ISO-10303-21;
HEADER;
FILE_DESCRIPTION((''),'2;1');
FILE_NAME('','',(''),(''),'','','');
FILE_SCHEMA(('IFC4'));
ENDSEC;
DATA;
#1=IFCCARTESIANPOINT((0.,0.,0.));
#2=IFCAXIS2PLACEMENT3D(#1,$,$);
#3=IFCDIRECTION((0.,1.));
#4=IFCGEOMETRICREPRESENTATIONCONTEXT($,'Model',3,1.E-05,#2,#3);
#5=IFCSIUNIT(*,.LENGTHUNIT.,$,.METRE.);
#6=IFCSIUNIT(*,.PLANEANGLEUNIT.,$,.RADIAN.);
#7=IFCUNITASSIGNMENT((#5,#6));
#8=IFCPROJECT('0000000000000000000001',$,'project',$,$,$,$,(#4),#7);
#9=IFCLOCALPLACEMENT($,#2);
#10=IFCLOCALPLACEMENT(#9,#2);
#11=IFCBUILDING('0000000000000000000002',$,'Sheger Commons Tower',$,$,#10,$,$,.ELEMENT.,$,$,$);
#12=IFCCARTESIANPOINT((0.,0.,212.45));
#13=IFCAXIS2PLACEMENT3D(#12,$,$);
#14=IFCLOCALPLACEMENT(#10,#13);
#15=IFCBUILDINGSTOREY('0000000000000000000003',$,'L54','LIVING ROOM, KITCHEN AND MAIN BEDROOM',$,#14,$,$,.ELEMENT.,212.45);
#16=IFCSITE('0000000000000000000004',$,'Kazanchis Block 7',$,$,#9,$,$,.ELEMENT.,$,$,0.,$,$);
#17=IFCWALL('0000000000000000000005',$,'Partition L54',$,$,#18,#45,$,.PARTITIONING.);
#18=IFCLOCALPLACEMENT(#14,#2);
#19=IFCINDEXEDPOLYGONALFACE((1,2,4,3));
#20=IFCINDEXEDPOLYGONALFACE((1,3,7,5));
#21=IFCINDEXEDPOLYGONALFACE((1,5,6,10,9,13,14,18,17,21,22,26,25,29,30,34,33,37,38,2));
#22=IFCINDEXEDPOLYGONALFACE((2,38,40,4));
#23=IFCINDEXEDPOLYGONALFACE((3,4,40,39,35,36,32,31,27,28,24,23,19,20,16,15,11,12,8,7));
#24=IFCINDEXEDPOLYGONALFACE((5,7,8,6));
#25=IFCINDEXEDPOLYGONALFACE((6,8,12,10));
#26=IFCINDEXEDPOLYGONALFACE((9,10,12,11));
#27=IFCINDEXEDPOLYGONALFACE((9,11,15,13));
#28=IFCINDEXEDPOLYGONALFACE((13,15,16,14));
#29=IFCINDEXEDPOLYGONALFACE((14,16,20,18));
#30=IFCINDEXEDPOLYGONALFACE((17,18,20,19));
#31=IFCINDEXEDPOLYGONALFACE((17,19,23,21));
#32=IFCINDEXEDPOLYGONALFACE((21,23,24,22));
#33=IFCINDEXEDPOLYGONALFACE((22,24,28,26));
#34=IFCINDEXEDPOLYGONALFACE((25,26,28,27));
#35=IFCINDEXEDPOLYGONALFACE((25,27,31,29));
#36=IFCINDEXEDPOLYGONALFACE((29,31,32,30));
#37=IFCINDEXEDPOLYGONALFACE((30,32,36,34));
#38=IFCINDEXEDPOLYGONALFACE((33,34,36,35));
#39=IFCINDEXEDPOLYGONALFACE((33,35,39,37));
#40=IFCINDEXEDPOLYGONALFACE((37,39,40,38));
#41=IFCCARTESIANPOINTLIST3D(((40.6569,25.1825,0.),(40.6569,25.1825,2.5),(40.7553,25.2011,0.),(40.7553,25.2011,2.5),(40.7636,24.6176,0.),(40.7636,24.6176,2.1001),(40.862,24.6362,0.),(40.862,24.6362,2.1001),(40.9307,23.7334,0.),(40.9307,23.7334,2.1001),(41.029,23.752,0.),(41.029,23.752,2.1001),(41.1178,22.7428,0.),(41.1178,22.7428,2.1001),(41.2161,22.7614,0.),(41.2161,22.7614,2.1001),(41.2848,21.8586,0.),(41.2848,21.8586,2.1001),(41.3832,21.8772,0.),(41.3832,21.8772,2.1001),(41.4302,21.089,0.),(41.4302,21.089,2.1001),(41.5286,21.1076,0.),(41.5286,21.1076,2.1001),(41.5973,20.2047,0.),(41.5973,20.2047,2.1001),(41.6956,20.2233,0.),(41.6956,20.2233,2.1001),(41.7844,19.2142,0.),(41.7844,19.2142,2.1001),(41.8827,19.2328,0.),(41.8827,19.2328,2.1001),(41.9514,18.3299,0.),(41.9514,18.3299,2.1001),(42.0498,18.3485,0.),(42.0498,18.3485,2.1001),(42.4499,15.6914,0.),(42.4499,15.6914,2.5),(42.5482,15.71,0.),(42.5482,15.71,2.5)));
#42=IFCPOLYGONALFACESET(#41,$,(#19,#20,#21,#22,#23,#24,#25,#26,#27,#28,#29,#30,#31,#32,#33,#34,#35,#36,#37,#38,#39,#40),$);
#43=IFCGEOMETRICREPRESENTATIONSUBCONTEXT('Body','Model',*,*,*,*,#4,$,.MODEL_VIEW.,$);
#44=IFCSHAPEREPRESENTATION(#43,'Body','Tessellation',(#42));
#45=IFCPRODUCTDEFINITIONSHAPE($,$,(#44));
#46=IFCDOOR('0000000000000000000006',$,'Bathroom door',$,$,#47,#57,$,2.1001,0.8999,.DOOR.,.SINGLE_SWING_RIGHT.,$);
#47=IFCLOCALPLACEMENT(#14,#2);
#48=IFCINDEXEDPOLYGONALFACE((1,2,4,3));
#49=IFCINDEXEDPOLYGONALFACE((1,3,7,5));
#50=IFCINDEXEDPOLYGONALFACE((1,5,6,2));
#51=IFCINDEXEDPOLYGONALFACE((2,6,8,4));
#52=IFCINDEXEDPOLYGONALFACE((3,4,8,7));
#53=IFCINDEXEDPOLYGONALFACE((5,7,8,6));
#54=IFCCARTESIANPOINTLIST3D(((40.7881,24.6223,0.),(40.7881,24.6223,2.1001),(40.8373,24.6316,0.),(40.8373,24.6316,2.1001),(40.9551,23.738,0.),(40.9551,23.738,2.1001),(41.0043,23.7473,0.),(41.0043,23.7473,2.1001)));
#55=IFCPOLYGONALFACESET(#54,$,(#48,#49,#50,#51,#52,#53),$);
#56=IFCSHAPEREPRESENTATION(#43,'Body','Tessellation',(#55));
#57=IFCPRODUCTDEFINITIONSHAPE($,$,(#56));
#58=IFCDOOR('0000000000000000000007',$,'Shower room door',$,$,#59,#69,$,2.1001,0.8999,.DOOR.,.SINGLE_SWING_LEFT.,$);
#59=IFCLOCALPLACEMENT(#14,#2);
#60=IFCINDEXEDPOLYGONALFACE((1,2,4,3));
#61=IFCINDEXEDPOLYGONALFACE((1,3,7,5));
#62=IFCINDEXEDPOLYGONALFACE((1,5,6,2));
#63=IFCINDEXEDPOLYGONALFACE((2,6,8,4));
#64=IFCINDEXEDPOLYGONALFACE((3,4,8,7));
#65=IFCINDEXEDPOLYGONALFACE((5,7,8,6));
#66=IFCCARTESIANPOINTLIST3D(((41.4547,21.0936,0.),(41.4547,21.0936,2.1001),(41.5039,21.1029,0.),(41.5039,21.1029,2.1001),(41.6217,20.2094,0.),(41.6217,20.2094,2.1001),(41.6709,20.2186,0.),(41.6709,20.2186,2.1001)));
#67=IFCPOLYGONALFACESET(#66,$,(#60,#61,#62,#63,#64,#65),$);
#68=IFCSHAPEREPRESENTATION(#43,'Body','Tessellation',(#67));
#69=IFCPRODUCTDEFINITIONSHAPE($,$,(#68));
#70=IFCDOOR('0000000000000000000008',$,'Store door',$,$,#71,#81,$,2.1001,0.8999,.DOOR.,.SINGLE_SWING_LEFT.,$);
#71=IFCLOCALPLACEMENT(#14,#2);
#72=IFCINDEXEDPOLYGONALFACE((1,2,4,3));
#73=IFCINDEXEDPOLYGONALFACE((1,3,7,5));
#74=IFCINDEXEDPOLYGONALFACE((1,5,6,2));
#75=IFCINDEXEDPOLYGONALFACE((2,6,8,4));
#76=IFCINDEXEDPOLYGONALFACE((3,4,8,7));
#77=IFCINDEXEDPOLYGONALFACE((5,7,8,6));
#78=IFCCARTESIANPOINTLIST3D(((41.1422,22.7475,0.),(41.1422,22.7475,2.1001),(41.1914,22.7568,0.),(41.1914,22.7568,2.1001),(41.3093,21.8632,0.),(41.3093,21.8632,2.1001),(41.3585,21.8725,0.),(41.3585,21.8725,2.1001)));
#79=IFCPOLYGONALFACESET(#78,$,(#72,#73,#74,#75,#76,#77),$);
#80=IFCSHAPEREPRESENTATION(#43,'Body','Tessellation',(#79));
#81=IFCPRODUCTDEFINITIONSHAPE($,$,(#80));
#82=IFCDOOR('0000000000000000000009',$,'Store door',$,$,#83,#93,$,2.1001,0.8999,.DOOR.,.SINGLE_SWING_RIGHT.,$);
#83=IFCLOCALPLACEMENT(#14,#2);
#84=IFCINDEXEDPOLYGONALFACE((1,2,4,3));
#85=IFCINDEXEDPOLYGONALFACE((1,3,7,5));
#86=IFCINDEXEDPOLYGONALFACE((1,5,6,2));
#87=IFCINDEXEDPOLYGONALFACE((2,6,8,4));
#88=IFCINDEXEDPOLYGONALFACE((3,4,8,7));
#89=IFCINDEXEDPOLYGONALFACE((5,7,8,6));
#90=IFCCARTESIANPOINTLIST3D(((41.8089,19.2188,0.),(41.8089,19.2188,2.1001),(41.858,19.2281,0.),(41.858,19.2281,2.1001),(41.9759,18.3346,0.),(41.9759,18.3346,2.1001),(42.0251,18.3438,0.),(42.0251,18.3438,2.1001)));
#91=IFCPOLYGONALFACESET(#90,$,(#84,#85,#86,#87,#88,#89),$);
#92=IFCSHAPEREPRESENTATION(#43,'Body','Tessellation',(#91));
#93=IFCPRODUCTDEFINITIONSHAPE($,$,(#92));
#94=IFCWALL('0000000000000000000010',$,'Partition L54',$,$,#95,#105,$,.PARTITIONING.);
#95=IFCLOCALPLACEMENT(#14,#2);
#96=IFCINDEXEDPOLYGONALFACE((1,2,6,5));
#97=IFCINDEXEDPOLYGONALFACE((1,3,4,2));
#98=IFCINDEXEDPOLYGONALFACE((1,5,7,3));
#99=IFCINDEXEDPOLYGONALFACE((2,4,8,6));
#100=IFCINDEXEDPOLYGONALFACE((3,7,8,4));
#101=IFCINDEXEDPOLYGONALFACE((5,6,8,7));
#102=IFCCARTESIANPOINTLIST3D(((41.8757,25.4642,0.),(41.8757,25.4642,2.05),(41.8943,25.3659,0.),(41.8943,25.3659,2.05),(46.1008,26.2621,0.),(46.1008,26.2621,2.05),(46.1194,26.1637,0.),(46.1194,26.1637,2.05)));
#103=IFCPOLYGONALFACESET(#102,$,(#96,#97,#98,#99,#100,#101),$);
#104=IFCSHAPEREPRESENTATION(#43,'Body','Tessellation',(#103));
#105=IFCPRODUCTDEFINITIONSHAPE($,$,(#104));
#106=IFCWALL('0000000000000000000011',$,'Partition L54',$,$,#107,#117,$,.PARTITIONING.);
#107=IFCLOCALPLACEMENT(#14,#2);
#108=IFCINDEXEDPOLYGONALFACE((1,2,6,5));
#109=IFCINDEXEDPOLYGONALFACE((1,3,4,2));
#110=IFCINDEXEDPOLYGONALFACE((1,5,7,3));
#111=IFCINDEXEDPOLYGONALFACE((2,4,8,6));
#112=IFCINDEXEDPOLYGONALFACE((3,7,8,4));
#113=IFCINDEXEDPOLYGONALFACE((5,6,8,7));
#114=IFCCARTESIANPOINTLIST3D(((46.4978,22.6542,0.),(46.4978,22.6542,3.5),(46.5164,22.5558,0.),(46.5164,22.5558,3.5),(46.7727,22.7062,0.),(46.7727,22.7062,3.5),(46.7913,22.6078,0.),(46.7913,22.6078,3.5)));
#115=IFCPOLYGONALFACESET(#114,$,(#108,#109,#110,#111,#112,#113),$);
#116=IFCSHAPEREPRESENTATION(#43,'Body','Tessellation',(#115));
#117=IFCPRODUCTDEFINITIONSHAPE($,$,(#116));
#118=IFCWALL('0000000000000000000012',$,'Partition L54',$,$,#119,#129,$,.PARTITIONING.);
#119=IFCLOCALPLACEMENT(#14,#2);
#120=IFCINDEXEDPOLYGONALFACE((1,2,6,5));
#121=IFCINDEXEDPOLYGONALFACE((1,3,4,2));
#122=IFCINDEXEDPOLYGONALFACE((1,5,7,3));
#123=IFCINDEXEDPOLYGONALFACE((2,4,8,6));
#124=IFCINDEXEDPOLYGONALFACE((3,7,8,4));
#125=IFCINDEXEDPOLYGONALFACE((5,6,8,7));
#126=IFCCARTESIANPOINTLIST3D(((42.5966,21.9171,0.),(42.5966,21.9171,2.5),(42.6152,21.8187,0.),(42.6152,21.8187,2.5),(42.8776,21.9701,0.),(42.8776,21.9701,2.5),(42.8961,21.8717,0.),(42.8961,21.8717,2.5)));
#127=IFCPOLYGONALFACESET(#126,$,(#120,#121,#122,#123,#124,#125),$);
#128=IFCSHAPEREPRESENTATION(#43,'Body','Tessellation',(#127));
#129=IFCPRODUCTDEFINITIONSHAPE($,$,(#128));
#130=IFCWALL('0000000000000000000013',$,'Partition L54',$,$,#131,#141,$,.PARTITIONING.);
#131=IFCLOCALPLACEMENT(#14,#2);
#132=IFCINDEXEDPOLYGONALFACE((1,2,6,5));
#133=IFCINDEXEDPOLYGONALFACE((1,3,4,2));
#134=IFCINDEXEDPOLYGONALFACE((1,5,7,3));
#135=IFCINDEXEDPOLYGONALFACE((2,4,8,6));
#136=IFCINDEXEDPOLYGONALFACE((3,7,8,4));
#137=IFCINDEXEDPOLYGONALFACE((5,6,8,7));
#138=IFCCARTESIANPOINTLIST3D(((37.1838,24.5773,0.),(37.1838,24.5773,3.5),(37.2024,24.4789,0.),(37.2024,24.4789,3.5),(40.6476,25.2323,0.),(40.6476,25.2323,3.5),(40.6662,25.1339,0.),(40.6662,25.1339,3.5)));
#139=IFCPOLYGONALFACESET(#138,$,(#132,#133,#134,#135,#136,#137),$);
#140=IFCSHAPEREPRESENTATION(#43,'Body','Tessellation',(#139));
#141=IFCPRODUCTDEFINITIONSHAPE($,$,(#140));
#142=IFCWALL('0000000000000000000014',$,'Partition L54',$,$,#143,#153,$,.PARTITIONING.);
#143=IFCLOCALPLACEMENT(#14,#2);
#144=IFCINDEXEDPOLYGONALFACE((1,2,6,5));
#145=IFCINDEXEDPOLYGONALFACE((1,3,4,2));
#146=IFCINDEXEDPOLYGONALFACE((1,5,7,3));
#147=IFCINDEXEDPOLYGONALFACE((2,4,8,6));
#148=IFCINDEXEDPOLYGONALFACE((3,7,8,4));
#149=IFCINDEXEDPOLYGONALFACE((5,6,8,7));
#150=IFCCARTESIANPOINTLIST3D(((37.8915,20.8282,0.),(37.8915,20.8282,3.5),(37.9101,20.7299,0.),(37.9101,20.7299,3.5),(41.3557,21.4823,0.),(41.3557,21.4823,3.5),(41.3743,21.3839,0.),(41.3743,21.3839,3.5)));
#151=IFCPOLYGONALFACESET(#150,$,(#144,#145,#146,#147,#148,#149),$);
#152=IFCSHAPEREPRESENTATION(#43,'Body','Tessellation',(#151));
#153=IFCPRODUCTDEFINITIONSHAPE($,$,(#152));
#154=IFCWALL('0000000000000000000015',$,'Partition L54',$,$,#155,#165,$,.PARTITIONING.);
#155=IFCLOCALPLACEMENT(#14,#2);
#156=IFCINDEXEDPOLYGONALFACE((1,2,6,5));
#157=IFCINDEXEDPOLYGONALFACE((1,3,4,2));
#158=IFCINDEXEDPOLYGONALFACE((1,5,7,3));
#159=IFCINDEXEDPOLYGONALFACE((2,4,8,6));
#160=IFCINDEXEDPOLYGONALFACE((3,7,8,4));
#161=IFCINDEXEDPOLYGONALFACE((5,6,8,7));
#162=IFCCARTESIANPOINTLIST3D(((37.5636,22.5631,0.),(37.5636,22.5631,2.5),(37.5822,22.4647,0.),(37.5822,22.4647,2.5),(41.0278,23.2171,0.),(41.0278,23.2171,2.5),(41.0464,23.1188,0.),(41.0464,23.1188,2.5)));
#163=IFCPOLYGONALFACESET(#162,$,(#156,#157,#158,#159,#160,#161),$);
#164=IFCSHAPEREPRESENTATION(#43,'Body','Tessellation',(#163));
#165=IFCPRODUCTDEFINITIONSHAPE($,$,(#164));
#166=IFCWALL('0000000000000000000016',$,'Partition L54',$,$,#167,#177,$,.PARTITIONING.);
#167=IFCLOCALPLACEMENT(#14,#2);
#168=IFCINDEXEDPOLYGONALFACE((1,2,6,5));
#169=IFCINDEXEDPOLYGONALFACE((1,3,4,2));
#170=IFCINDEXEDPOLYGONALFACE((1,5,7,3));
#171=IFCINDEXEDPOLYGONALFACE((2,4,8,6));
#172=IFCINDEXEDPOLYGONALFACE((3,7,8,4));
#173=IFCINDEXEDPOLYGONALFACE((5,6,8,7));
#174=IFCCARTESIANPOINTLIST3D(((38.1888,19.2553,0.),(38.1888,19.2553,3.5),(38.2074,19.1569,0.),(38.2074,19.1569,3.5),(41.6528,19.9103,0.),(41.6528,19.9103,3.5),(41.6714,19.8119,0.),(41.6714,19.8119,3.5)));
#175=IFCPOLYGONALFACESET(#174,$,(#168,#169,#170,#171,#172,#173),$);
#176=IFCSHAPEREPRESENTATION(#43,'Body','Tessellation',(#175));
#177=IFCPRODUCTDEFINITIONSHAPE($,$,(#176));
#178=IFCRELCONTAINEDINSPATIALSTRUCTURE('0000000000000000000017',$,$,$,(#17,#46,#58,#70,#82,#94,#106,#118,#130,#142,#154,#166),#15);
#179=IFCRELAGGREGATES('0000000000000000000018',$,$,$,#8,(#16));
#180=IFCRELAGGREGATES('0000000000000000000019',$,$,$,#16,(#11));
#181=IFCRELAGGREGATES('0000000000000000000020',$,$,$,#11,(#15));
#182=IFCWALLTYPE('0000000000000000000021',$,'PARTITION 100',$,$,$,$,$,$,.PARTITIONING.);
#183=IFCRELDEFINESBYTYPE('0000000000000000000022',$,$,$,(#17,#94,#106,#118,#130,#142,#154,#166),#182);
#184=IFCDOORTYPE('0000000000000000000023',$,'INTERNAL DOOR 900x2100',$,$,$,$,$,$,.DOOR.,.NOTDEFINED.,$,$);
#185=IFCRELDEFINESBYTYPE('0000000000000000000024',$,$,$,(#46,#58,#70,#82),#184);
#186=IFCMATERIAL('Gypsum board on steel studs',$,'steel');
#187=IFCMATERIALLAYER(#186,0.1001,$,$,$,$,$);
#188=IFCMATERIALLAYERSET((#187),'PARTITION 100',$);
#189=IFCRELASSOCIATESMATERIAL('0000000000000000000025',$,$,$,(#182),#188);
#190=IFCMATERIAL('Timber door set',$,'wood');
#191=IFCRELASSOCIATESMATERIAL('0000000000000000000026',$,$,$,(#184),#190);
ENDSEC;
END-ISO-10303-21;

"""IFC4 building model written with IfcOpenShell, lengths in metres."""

from ifc_helpers import new_model, si_unit, direction, frame, frame_2d, origin, place, context, subcontext, project, spatial, rectangle, extrude, material, layer, layer_set, type_object, element, fill, save


model = new_model("IFC4")

# Units and contexts
model_context = context("Model", 3, precision=1e-05, world=origin(), true_north=direction((0.0, 1.0)))
body_context = subcontext(model_context, "Body", "Model", "MODEL_VIEW")
ifc_project = project(units=[si_unit("LENGTHUNIT", "METRE"), si_unit("PLANEANGLEUNIT", "RADIAN")], contexts=[model_context])

# Site, building, storey
site_placement = place(None, origin())
site = spatial("IfcSite", under=ifc_project, at=site_placement, Name="Kazanchis Block 7", CompositionType="ELEMENT", RefElevation=0.0)
building_placement = place(site_placement, origin())
building = spatial("IfcBuilding", under=site, at=building_placement, Name="Sheger Commons Tower", CompositionType="ELEMENT")
storey_placement = place(building_placement, frame((0.0, 0.0, 212.45)))
storey = spatial("IfcBuildingStorey", under=building, at=storey_placement, Name="L54", Description="LIVING ROOM, KITCHEN AND MAIN BEDROOM", CompositionType="ELEMENT", Elevation=212.45)

# Wall, openings, doors
ifc_material_1 = material(Name="Gypsum board on steel studs", Category="steel")
ifc_layer_1 = layer(ifc_material_1, 0.1001)
ifc_layer_set_1 = layer_set([ifc_layer_1], Name="PARTITION 100")
wall_type = type_object("IfcWallType", Name="PARTITION 100", PredefinedType="PARTITIONING", material=ifc_layer_set_1)
ifc_material_2 = material(Name="Timber door set", Category="wood")
door_type = type_object("IfcDoorType", Name="INTERNAL DOOR 900x2100", OperationType="NOTDEFINED", PredefinedType="DOOR", material=ifc_material_2)
wall_1_placement = place(storey_placement, frame((40.7061, 25.1919, 0.0), z_axis=(0.0, 0.0, 1.0), x_axis=(0.18563, -0.98262, 0.0)))
wall_1 = element("IfcWall", 1, at=wall_1_placement, inside=storey, type_object=wall_type, Name="Partition L54", PredefinedType="PARTITIONING", context=body_context, shape_type="SweptSolid", body=[
    extrude(rectangle(XDim=9.6589, YDim=0.1001, at=frame_2d((4.8296, 0.0))), origin(), (0.0, 0.0, 1.0), 2.5),
])
opening_1_placement = place(wall_1_placement, frame((0.575, 0.0, 0.0)))
opening_1 = element("IfcOpeningElement", 2, at=opening_1_placement, cuts=wall_1, PredefinedType="OPENING", context=body_context, shape_type="SweptSolid", body=[
    extrude(rectangle(XDim=0.8999, YDim=2.1001, at=frame_2d((0.45, 1.05))), frame((0.0, 0.0601, 0.0), z_axis=(0.0, -1.0, 0.0), x_axis=(1.0, 0.0, 0.0)), (0.0, 0.0, 1.0), 0.1201),
])
opening_2_placement = place(wall_1_placement, frame((4.166, 0.0, 0.0)))
opening_2 = element("IfcOpeningElement", 3, at=opening_2_placement, cuts=wall_1, PredefinedType="OPENING", context=body_context, shape_type="SweptSolid", body=[
    extrude(rectangle(XDim=0.8999, YDim=2.1001, at=frame_2d((0.45, 1.05))), frame((0.0, 0.0601, 0.0), z_axis=(0.0, -1.0, 0.0), x_axis=(1.0, 0.0, 0.0)), (0.0, 0.0, 1.0), 0.1201),
])
opening_3_placement = place(wall_1_placement, frame((2.4829, 0.0, 0.0)))
opening_3 = element("IfcOpeningElement", 4, at=opening_3_placement, cuts=wall_1, PredefinedType="OPENING", context=body_context, shape_type="SweptSolid", body=[
    extrude(rectangle(XDim=0.8999, YDim=2.1001, at=frame_2d((0.45, 1.05))), frame((0.0, 0.0601, 0.0), z_axis=(0.0, -1.0, 0.0), x_axis=(1.0, 0.0, 0.0)), (0.0, 0.0, 1.0), 0.1201),
])
opening_4_placement = place(wall_1_placement, frame((6.074, 0.0, 0.0)))
opening_4 = element("IfcOpeningElement", 5, at=opening_4_placement, cuts=wall_1, PredefinedType="OPENING", context=body_context, shape_type="SweptSolid", body=[
    extrude(rectangle(XDim=0.8999, YDim=2.1001, at=frame_2d((0.45, 1.05))), frame((0.0, 0.0601, 0.0), z_axis=(0.0, -1.0, 0.0), x_axis=(1.0, 0.0, 0.0)), (0.0, 0.0, 1.0), 0.1201),
])
door_1_placement = place(opening_1_placement, origin())
door_1 = element("IfcDoor", 6, at=door_1_placement, inside=storey, type_object=door_type, Name="Bathroom door", OperationType="SINGLE_SWING_RIGHT", OverallHeight=2.1001, OverallWidth=0.8999, PredefinedType="DOOR", context=body_context, shape_type="SweptSolid", body=[
    extrude(rectangle(XDim=0.8999, YDim=2.1001, at=frame_2d((0.45, 1.05))), frame((0.0, 0.0249, 0.0), z_axis=(0.0, -1.0, 0.0), x_axis=(1.0, 0.0, 0.0)), (0.0, 0.0, 1.0), 0.05),
])
fill(opening_1, door_1)
door_2_placement = place(opening_2_placement, origin())
door_2 = element("IfcDoor", 7, at=door_2_placement, inside=storey, type_object=door_type, Name="Shower room door", OperationType="SINGLE_SWING_LEFT", OverallHeight=2.1001, OverallWidth=0.8999, PredefinedType="DOOR", context=body_context, shape_type="SweptSolid", body=[
    extrude(rectangle(XDim=0.8999, YDim=2.1001, at=frame_2d((0.45, 1.05))), frame((0.0, 0.0249, 0.0), z_axis=(0.0, -1.0, 0.0), x_axis=(1.0, 0.0, 0.0)), (0.0, 0.0, 1.0), 0.05),
])
fill(opening_2, door_2)
door_3_placement = place(opening_3_placement, origin())
door_3 = element("IfcDoor", 8, at=door_3_placement, inside=storey, type_object=door_type, Name="Store door", OperationType="SINGLE_SWING_LEFT", OverallHeight=2.1001, OverallWidth=0.8999, PredefinedType="DOOR", context=body_context, shape_type="SweptSolid", body=[
    extrude(rectangle(XDim=0.8999, YDim=2.1001, at=frame_2d((0.45, 1.05))), frame((0.0, 0.0249, 0.0), z_axis=(0.0, -1.0, 0.0), x_axis=(1.0, 0.0, 0.0)), (0.0, 0.0, 1.0), 0.05),
])
fill(opening_3, door_3)
door_4_placement = place(opening_4_placement, origin())
door_4 = element("IfcDoor", 9, at=door_4_placement, inside=storey, type_object=door_type, Name="Store door", OperationType="SINGLE_SWING_RIGHT", OverallHeight=2.1001, OverallWidth=0.8999, PredefinedType="DOOR", context=body_context, shape_type="SweptSolid", body=[
    extrude(rectangle(XDim=0.8999, YDim=2.1001, at=frame_2d((0.45, 1.05))), frame((0.0, 0.0249, 0.0), z_axis=(0.0, -1.0, 0.0), x_axis=(1.0, 0.0, 0.0)), (0.0, 0.0, 1.0), 0.05),
])
fill(opening_4, door_4)

# Walls
wall_2_placement = place(storey_placement, frame((46.1101, 26.2129, 0.0), z_axis=(0.0, 0.0, 1.0), x_axis=(-0.982634, -0.185557, 0.0)))
element("IfcWall", 10, at=wall_2_placement, inside=storey, type_object=wall_type, Name="Partition L54", PredefinedType="PARTITIONING", context=body_context, shape_type="SweptSolid", body=[
    extrude(rectangle(XDim=4.2998, YDim=0.1001, at=frame_2d((2.1499, 0.0))), origin(), (0.0, 0.0, 1.0), 2.05),
])
wall_3_placement = place(storey_placement, frame((46.782, 22.657, 0.0), z_axis=(0.0, 0.0, 1.0), x_axis=(-0.982575, -0.185869, 0.0)))
element("IfcWall", 11, at=wall_3_placement, inside=storey, type_object=wall_type, Name="Partition L54", PredefinedType="PARTITIONING", context=body_context, shape_type="SweptSolid", body=[
    extrude(rectangle(XDim=0.2798, YDim=0.1001, at=frame_2d((0.1399, 0.0))), origin(), (0.0, 0.0, 1.0), 3.5),
])
wall_4_placement = place(storey_placement, frame((42.887, 21.9209, 0.0), z_axis=(0.0, 0.0, 1.0), x_axis=(-0.982688, -0.185268, 0.0)))
element("IfcWall", 12, at=wall_4_placement, inside=storey, type_object=wall_type, Name="Partition L54", PredefinedType="PARTITIONING", context=body_context, shape_type="SweptSolid", body=[
    extrude(rectangle(XDim=0.2859, YDim=0.1001, at=frame_2d((0.1431, 0.0))), origin(), (0.0, 0.0, 1.0), 2.5),
])
wall_5_placement = place(storey_placement, frame((40.657, 25.1831, 0.0), z_axis=(0.0, 0.0, 1.0), x_axis=(-0.982586, -0.18581, 0.0)))
element("IfcWall", 13, at=wall_5_placement, inside=storey, type_object=wall_type, Name="Partition L54", PredefinedType="PARTITIONING", context=body_context, shape_type="SweptSolid", body=[
    extrude(rectangle(XDim=3.5251, YDim=0.1001, at=frame_2d((1.7627, 0.0))), origin(), (0.0, 0.0, 1.0), 3.5),
])
wall_6_placement = place(storey_placement, frame((41.365, 21.4331, 0.0), z_axis=(0.0, 0.0, 1.0), x_axis=(-0.982639, -0.18553, 0.0)))
element("IfcWall", 14, at=wall_6_placement, inside=storey, type_object=wall_type, Name="Partition L54", PredefinedType="PARTITIONING", context=body_context, shape_type="SweptSolid", body=[
    extrude(rectangle(XDim=3.5254, YDim=0.1001, at=frame_2d((1.7627, 0.0))), origin(), (0.0, 0.0, 1.0), 3.5),
])
wall_7_placement = place(storey_placement, frame((41.0371, 23.168, 0.0), z_axis=(0.0, 0.0, 1.0), x_axis=(-0.982639, -0.18553, 0.0)))
element("IfcWall", 15, at=wall_7_placement, inside=storey, type_object=wall_type, Name="Partition L54", PredefinedType="PARTITIONING", context=body_context, shape_type="SweptSolid", body=[
    extrude(rectangle(XDim=3.5254, YDim=0.1001, at=frame_2d((1.7627, 0.0))), origin(), (0.0, 0.0, 1.0), 2.5),
])
wall_8_placement = place(storey_placement, frame((41.6621, 19.8611, 0.0), z_axis=(0.0, 0.0, 1.0), x_axis=(-0.982588, -0.185798, 0.0)))
element("IfcWall", 16, at=wall_8_placement, inside=storey, type_object=wall_type, Name="Partition L54", PredefinedType="PARTITIONING", context=body_context, shape_type="SweptSolid", body=[
    extrude(rectangle(XDim=3.5254, YDim=0.1001, at=frame_2d((1.7627, 0.0))), origin(), (0.0, 0.0, 1.0), 3.5),
])

save(model, "model.ifc")
